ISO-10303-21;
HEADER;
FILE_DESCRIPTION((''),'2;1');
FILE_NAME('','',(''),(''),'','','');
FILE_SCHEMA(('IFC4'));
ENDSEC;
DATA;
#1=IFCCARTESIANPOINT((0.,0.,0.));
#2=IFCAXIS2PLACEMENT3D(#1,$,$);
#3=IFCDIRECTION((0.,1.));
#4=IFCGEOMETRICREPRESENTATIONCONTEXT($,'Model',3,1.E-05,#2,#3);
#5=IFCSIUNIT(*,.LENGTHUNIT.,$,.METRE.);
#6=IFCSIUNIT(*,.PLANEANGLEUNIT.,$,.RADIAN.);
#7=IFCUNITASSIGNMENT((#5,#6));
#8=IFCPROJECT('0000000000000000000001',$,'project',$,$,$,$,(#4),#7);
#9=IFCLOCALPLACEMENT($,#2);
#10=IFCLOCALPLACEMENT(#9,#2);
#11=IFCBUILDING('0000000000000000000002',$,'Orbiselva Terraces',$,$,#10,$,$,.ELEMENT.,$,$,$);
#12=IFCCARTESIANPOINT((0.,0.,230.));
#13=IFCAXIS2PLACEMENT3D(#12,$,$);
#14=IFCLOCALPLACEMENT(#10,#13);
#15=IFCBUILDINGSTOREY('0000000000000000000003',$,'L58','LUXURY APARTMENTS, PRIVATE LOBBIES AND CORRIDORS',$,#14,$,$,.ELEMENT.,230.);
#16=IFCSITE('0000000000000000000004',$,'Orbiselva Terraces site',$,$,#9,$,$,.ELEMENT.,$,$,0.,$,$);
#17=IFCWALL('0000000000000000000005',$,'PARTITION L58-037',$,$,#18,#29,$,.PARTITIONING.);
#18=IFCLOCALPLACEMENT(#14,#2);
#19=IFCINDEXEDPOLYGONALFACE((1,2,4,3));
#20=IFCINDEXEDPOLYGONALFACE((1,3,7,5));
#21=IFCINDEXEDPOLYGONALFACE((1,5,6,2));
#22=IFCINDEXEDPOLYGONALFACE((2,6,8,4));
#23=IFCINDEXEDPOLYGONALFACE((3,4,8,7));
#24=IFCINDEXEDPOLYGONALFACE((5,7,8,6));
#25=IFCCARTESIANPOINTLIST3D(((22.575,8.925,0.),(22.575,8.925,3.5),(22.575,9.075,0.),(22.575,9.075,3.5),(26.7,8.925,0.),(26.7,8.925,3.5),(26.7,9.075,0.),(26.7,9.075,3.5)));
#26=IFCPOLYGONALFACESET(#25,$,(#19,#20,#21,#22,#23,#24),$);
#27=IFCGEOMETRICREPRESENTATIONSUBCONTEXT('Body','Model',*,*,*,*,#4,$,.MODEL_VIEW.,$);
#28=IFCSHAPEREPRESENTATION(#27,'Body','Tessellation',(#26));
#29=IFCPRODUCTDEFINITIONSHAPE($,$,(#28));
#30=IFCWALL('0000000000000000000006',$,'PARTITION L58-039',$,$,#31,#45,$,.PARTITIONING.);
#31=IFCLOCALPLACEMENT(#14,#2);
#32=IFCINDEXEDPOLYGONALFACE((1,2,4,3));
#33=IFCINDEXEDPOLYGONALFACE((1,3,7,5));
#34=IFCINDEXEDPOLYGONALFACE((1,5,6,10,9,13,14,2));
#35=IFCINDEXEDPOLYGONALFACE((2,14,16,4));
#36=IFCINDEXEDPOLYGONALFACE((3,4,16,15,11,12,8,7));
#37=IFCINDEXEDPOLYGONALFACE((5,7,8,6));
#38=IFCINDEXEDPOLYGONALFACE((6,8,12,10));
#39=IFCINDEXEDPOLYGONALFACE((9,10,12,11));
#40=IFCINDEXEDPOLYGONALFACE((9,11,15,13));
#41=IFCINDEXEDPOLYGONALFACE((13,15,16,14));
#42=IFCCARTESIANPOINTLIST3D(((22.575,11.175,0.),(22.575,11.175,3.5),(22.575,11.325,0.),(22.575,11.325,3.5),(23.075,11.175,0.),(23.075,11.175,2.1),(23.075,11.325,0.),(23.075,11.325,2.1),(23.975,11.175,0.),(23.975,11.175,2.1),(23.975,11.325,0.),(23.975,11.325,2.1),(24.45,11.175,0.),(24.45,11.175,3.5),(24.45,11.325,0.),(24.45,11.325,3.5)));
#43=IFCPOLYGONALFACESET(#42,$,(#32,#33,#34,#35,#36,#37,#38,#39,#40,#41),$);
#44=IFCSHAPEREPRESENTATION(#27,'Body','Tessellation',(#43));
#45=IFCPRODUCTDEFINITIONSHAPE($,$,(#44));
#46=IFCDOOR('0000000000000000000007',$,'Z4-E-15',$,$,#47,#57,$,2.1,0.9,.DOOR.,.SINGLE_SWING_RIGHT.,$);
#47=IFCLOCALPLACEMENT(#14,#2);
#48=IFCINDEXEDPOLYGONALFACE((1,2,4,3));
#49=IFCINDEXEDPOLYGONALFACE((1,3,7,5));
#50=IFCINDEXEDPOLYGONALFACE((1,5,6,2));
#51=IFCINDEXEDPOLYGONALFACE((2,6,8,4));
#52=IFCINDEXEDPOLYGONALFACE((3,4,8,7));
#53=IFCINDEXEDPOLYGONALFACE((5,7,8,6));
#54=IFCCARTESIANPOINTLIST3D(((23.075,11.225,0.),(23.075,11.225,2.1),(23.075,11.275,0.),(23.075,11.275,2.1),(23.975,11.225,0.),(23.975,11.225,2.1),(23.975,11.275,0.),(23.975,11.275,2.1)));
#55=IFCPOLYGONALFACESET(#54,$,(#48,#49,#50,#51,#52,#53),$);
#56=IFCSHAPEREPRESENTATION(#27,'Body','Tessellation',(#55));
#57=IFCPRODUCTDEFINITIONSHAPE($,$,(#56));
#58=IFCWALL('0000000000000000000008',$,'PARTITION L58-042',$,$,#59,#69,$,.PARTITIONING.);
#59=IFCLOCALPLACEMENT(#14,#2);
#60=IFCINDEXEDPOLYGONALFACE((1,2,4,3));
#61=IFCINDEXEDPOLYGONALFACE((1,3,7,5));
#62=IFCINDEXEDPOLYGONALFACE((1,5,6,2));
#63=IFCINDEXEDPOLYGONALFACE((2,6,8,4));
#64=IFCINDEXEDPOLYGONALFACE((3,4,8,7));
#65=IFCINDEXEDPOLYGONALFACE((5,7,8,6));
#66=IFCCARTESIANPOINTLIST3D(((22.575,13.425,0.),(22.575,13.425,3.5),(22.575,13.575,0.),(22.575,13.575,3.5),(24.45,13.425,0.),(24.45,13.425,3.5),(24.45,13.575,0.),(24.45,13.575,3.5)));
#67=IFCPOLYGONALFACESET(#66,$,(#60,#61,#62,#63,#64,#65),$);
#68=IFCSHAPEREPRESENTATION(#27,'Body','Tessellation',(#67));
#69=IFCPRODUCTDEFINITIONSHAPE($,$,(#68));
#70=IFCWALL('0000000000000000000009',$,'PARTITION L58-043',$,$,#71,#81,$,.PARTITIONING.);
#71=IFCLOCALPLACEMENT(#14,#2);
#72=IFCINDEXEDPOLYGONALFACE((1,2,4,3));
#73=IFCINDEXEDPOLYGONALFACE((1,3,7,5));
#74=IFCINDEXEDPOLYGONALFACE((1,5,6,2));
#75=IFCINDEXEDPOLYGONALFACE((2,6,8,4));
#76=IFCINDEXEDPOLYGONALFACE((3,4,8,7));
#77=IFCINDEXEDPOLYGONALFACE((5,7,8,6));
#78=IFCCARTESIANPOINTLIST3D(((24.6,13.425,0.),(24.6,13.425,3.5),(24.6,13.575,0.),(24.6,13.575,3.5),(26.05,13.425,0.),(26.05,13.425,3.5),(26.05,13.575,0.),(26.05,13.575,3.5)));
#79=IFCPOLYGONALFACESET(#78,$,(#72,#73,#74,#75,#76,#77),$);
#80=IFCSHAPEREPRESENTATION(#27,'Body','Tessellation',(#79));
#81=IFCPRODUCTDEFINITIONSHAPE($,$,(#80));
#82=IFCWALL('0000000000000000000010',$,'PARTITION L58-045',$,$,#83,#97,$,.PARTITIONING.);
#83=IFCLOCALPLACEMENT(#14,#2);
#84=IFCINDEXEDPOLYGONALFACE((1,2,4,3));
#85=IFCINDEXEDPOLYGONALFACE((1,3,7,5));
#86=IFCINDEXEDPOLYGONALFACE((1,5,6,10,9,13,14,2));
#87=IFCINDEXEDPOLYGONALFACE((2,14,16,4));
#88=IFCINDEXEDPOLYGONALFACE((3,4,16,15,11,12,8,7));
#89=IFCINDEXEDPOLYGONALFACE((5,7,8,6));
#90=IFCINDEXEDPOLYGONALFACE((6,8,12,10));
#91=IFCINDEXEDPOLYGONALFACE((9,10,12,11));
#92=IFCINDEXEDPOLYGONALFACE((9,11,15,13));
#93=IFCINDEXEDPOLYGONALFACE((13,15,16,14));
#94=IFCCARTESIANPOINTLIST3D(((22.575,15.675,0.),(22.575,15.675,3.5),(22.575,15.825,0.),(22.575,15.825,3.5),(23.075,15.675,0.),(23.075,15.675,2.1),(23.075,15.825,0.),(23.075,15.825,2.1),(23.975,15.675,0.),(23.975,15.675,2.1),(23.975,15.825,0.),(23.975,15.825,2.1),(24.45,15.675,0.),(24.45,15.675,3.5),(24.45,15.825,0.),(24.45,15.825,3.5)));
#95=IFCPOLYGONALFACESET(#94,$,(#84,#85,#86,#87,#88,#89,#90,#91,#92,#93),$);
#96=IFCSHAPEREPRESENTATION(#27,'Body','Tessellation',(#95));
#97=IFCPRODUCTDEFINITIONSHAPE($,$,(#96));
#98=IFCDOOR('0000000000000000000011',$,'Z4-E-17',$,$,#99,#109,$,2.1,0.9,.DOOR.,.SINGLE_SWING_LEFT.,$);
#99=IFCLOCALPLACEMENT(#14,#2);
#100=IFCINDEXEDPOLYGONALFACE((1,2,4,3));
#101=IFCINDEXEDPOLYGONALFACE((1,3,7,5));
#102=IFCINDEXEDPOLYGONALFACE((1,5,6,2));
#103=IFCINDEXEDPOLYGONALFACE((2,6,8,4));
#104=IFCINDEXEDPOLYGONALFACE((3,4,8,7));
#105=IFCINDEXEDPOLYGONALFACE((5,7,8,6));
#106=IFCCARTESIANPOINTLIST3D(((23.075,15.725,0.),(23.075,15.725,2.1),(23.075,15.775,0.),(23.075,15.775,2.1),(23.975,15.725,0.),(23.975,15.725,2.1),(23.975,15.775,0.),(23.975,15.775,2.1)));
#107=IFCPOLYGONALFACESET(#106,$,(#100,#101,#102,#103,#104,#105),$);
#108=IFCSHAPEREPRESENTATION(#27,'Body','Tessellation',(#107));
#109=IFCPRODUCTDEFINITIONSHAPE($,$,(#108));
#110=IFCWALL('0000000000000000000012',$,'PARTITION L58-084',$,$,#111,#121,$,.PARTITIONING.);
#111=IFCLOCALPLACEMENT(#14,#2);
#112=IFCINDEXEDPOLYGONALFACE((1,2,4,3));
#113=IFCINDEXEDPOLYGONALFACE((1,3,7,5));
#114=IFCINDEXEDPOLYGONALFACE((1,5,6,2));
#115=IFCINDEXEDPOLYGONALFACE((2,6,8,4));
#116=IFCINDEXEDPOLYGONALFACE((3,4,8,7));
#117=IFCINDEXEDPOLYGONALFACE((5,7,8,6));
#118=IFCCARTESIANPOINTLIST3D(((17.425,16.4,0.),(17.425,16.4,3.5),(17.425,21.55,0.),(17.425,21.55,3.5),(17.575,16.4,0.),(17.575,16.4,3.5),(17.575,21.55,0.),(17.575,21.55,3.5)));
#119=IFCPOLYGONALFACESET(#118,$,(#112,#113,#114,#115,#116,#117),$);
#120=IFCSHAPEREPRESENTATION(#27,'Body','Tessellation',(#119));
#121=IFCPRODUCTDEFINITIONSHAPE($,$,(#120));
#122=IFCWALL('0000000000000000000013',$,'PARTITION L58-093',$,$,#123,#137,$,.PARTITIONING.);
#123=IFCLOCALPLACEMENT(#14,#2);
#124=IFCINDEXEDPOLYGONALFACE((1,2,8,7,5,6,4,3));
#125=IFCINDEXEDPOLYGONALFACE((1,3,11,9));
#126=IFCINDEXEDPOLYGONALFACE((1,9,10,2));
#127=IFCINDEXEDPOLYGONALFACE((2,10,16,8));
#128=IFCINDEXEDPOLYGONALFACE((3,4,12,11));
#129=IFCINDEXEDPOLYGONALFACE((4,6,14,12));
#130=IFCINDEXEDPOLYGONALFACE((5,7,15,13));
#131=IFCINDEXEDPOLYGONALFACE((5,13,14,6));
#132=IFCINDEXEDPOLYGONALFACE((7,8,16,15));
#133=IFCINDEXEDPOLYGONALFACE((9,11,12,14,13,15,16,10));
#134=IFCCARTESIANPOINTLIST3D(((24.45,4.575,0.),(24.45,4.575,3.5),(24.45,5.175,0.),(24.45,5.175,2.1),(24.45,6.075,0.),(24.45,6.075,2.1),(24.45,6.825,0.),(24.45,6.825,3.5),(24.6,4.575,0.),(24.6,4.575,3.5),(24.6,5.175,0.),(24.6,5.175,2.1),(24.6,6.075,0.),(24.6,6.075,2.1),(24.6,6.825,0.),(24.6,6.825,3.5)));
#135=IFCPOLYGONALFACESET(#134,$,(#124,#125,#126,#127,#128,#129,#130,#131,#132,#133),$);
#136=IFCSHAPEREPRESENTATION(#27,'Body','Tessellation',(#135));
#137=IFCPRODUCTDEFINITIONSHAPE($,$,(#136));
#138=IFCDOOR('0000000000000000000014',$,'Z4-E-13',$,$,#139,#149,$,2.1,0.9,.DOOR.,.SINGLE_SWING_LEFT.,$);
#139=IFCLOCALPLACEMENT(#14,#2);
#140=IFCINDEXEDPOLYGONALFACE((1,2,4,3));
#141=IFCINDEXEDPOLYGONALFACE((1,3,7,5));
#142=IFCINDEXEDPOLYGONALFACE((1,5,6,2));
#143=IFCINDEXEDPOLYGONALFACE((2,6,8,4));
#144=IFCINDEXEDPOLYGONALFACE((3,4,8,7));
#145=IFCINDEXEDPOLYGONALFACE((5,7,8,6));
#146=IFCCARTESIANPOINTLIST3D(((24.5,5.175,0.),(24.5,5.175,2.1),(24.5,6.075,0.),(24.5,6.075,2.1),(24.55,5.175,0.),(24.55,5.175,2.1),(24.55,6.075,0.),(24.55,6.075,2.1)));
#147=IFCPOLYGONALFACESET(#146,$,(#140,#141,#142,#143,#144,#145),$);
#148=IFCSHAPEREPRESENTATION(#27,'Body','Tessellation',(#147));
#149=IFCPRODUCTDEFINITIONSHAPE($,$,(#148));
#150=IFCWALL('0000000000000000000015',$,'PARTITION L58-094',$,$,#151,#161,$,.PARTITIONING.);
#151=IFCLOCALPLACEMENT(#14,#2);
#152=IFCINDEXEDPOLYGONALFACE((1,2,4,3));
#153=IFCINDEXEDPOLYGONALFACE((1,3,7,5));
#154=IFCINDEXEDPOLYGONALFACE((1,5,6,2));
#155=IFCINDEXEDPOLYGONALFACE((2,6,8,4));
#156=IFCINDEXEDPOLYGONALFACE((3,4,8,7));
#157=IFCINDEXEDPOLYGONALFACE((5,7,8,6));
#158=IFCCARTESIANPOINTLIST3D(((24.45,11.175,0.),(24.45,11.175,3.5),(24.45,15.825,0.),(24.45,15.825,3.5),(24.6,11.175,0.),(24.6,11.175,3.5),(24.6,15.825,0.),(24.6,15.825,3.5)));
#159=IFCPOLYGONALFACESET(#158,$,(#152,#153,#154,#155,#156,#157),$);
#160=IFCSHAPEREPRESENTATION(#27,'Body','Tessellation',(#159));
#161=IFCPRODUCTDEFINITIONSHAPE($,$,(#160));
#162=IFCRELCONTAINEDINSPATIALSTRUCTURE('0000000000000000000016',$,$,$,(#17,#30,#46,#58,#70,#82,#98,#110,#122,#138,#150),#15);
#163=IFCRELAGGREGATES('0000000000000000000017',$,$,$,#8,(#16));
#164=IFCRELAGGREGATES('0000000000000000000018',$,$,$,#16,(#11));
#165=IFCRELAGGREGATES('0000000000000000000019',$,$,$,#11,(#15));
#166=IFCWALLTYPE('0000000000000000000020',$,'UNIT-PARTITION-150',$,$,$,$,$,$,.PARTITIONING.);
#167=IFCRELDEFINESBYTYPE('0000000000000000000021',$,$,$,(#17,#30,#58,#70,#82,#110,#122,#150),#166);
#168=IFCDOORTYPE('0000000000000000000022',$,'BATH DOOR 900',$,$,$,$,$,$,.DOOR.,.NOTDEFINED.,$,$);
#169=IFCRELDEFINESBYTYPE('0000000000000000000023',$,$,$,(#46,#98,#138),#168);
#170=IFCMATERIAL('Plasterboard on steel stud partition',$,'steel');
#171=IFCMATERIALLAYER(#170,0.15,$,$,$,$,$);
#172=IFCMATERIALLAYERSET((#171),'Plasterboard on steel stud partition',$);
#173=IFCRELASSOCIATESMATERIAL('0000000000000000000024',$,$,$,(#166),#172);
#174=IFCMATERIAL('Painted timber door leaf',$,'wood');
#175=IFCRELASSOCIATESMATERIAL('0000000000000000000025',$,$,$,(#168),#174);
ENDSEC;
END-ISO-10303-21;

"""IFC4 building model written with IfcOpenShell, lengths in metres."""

from ifc_helpers import new_model, si_unit, direction, frame, frame_2d, origin, place, context, subcontext, project, spatial, rectangle, extrude, material, layer, layer_set, type_object, element, fill, save


model = new_model("IFC4")

# Units and contexts
model_context = context("Model", 3, precision=1e-05, world=origin(), true_north=direction((0.0, 1.0)))
body_context = subcontext(model_context, "Body", "Model", "MODEL_VIEW")
ifc_project = project(units=[si_unit("LENGTHUNIT", "METRE"), si_unit("PLANEANGLEUNIT", "RADIAN")], contexts=[model_context])

# Site, building, storey
site_placement = place(None, origin())
site = spatial("IfcSite", under=ifc_project, at=site_placement, Name="Orbiselva Terraces site", CompositionType="ELEMENT", RefElevation=0.0)
building_placement = place(site_placement, origin())
building = spatial("IfcBuilding", under=site, at=building_placement, Name="Orbiselva Terraces", CompositionType="ELEMENT")
storey_placement = place(building_placement, frame((0.0, 0.0, 230.0)))
storey = spatial("IfcBuildingStorey", under=building, at=storey_placement, Name="L58", Description="LUXURY APARTMENTS, PRIVATE LOBBIES AND CORRIDORS", CompositionType="ELEMENT", Elevation=230.0)

# Wall
ifc_material_1 = material(Name="Plasterboard on steel stud partition", Category="steel")
ifc_layer_1 = layer(ifc_material_1, 0.15)
ifc_layer_set_1 = layer_set([ifc_layer_1], Name="Plasterboard on steel stud partition")
wall_type_1 = type_object("IfcWallType", Name="UNIT-PARTITION-150", PredefinedType="PARTITIONING", material=ifc_layer_set_1)
wall_1_placement = place(storey_placement, frame((22.575, 9.0, 0.0), z_axis=(0.0, 0.0, 1.0), x_axis=(1.0, 0.0, 0.0)))
element("IfcWall", 1, at=wall_1_placement, inside=storey, type_object=wall_type_1, Name="PARTITION L58-037", PredefinedType="PARTITIONING", context=body_context, shape_type="SweptSolid", body=[
    extrude(rectangle(XDim=4.125, YDim=0.15, at=frame_2d((2.0625, 0.0))), origin(), (0.0, 0.0, 1.0), 3.5),
])

# Wall, opening, door
wall_2_placement = place(storey_placement, frame((22.575, 11.25, 0.0), z_axis=(0.0, 0.0, 1.0), x_axis=(1.0, 0.0, 0.0)))
wall_2 = element("IfcWall", 2, at=wall_2_placement, inside=storey, type_object=wall_type_1, Name="PARTITION L58-039", PredefinedType="PARTITIONING", context=body_context, shape_type="SweptSolid", body=[
    extrude(rectangle(XDim=1.875, YDim=0.15, at=frame_2d((0.9375, 0.0))), origin(), (0.0, 0.0, 1.0), 3.5),
])
opening_1_placement = place(wall_2_placement, frame((0.5, 0.0, 0.0)))
opening_1 = element("IfcOpeningElement", 3, at=opening_1_placement, cuts=wall_2, PredefinedType="OPENING", context=body_context, shape_type="SweptSolid", body=[
    extrude(rectangle(XDim=0.9, YDim=2.1, at=frame_2d((0.45, 1.05))), frame((0.0, 0.085, 0.0), z_axis=(0.0, -1.0, 0.0), x_axis=(1.0, 0.0, 0.0)), (0.0, 0.0, 1.0), 0.17),
])
ifc_material_2 = material(Name="Painted timber door leaf", Category="wood")
door_type_1 = type_object("IfcDoorType", Name="BATH DOOR 900", OperationType="NOTDEFINED", PredefinedType="DOOR", material=ifc_material_2)
door_1_placement = place(opening_1_placement, origin())
door_1 = element("IfcDoor", 4, at=door_1_placement, inside=storey, type_object=door_type_1, Name="Z4-E-15", OperationType="SINGLE_SWING_RIGHT", OverallHeight=2.1, OverallWidth=0.9, PredefinedType="DOOR", context=body_context, shape_type="SweptSolid", body=[
    extrude(rectangle(XDim=0.9, YDim=2.1, at=frame_2d((0.45, 1.05))), frame((0.0, 0.025, 0.0), z_axis=(0.0, -1.0, 0.0), x_axis=(1.0, 0.0, 0.0)), (0.0, 0.0, 1.0), 0.05),
])
fill(opening_1, door_1)

# Walls
wall_3_placement = place(storey_placement, frame((22.575, 13.5, 0.0), z_axis=(0.0, 0.0, 1.0), x_axis=(1.0, 0.0, 0.0)))
element("IfcWall", 5, at=wall_3_placement, inside=storey, type_object=wall_type_1, Name="PARTITION L58-042", PredefinedType="PARTITIONING", context=body_context, shape_type="SweptSolid", body=[
    extrude(rectangle(XDim=1.875, YDim=0.15, at=frame_2d((0.9375, 0.0))), origin(), (0.0, 0.0, 1.0), 3.5),
])
wall_4_placement = place(storey_placement, frame((24.6, 13.5, 0.0), z_axis=(0.0, 0.0, 1.0), x_axis=(1.0, 0.0, 0.0)))
element("IfcWall", 6, at=wall_4_placement, inside=storey, type_object=wall_type_1, Name="PARTITION L58-043", PredefinedType="PARTITIONING", context=body_context, shape_type="SweptSolid", body=[
    extrude(rectangle(XDim=1.45, YDim=0.15, at=frame_2d((0.725, 0.0))), origin(), (0.0, 0.0, 1.0), 3.5),
])

# Wall, opening, door
wall_5_placement = place(storey_placement, frame((24.45, 15.75, 0.0), z_axis=(0.0, 0.0, 1.0), x_axis=(-1.0, 0.0, 0.0)))
wall_5 = element("IfcWall", 7, at=wall_5_placement, inside=storey, type_object=wall_type_1, Name="PARTITION L58-045", PredefinedType="PARTITIONING", context=body_context, shape_type="SweptSolid", body=[
    extrude(rectangle(XDim=1.875, YDim=0.15, at=frame_2d((0.9375, 0.0))), origin(), (0.0, 0.0, 1.0), 3.5),
])
opening_2_placement = place(wall_5_placement, frame((0.475, 0.0, 0.0)))
opening_2 = element("IfcOpeningElement", 8, at=opening_2_placement, cuts=wall_5, PredefinedType="OPENING", context=body_context, shape_type="SweptSolid", body=[
    extrude(rectangle(XDim=0.9, YDim=2.1, at=frame_2d((0.45, 1.05))), frame((0.0, 0.085, 0.0), z_axis=(0.0, -1.0, 0.0), x_axis=(1.0, 0.0, 0.0)), (0.0, 0.0, 1.0), 0.17),
])
door_2_placement = place(opening_2_placement, origin())
door_2 = element("IfcDoor", 9, at=door_2_placement, inside=storey, type_object=door_type_1, Name="Z4-E-17", OperationType="SINGLE_SWING_LEFT", OverallHeight=2.1, OverallWidth=0.9, PredefinedType="DOOR", context=body_context, shape_type="SweptSolid", body=[
    extrude(rectangle(XDim=0.9, YDim=2.1, at=frame_2d((0.45, 1.05))), frame((0.0, 0.025, 0.0), z_axis=(0.0, -1.0, 0.0), x_axis=(1.0, 0.0, 0.0)), (0.0, 0.0, 1.0), 0.05),
])
fill(opening_2, door_2)

# Wall
wall_6_placement = place(storey_placement, frame((17.5, 16.4, 0.0), z_axis=(0.0, 0.0, 1.0), x_axis=(0.0, 1.0, 0.0)))
element("IfcWall", 10, at=wall_6_placement, inside=storey, type_object=wall_type_1, Name="PARTITION L58-084", PredefinedType="PARTITIONING", context=body_context, shape_type="SweptSolid", body=[
    extrude(rectangle(XDim=5.15, YDim=0.15, at=frame_2d((2.575, 0.0))), origin(), (0.0, 0.0, 1.0), 3.5),
])

# Wall, opening, door
wall_7_placement = place(storey_placement, frame((24.525, 4.575, 0.0), z_axis=(0.0, 0.0, 1.0), x_axis=(0.0, 1.0, 0.0)))
wall_7 = element("IfcWall", 11, at=wall_7_placement, inside=storey, type_object=wall_type_1, Name="PARTITION L58-093", PredefinedType="PARTITIONING", context=body_context, shape_type="SweptSolid", body=[
    extrude(rectangle(XDim=2.25, YDim=0.15, at=frame_2d((1.125, 0.0))), origin(), (0.0, 0.0, 1.0), 3.5),
])
opening_3_placement = place(wall_7_placement, frame((0.6, 0.0, 0.0)))
opening_3 = element("IfcOpeningElement", 12, at=opening_3_placement, cuts=wall_7, PredefinedType="OPENING", context=body_context, shape_type="SweptSolid", body=[
    extrude(rectangle(XDim=0.9, YDim=2.1, at=frame_2d((0.45, 1.05))), frame((0.0, 0.085, 0.0), z_axis=(0.0, -1.0, 0.0), x_axis=(1.0, 0.0, 0.0)), (0.0, 0.0, 1.0), 0.17),
])
door_3_placement = place(opening_3_placement, origin())
door_3 = element("IfcDoor", 13, at=door_3_placement, inside=storey, type_object=door_type_1, Name="Z4-E-13", OperationType="SINGLE_SWING_LEFT", OverallHeight=2.1, OverallWidth=0.9, PredefinedType="DOOR", context=body_context, shape_type="SweptSolid", body=[
    extrude(rectangle(XDim=0.9, YDim=2.1, at=frame_2d((0.45, 1.05))), frame((0.0, 0.025, 0.0), z_axis=(0.0, -1.0, 0.0), x_axis=(1.0, 0.0, 0.0)), (0.0, 0.0, 1.0), 0.05),
])
fill(opening_3, door_3)

# Wall
wall_8_placement = place(storey_placement, frame((24.525, 11.175, 0.0), z_axis=(0.0, 0.0, 1.0), x_axis=(0.0, 1.0, 0.0)))
element("IfcWall", 14, at=wall_8_placement, inside=storey, type_object=wall_type_1, Name="PARTITION L58-094", PredefinedType="PARTITIONING", context=body_context, shape_type="SweptSolid", body=[
    extrude(rectangle(XDim=4.65, YDim=0.15, at=frame_2d((2.325, 0.0))), origin(), (0.0, 0.0, 1.0), 3.5),
])

save(model, "model.ifc")
